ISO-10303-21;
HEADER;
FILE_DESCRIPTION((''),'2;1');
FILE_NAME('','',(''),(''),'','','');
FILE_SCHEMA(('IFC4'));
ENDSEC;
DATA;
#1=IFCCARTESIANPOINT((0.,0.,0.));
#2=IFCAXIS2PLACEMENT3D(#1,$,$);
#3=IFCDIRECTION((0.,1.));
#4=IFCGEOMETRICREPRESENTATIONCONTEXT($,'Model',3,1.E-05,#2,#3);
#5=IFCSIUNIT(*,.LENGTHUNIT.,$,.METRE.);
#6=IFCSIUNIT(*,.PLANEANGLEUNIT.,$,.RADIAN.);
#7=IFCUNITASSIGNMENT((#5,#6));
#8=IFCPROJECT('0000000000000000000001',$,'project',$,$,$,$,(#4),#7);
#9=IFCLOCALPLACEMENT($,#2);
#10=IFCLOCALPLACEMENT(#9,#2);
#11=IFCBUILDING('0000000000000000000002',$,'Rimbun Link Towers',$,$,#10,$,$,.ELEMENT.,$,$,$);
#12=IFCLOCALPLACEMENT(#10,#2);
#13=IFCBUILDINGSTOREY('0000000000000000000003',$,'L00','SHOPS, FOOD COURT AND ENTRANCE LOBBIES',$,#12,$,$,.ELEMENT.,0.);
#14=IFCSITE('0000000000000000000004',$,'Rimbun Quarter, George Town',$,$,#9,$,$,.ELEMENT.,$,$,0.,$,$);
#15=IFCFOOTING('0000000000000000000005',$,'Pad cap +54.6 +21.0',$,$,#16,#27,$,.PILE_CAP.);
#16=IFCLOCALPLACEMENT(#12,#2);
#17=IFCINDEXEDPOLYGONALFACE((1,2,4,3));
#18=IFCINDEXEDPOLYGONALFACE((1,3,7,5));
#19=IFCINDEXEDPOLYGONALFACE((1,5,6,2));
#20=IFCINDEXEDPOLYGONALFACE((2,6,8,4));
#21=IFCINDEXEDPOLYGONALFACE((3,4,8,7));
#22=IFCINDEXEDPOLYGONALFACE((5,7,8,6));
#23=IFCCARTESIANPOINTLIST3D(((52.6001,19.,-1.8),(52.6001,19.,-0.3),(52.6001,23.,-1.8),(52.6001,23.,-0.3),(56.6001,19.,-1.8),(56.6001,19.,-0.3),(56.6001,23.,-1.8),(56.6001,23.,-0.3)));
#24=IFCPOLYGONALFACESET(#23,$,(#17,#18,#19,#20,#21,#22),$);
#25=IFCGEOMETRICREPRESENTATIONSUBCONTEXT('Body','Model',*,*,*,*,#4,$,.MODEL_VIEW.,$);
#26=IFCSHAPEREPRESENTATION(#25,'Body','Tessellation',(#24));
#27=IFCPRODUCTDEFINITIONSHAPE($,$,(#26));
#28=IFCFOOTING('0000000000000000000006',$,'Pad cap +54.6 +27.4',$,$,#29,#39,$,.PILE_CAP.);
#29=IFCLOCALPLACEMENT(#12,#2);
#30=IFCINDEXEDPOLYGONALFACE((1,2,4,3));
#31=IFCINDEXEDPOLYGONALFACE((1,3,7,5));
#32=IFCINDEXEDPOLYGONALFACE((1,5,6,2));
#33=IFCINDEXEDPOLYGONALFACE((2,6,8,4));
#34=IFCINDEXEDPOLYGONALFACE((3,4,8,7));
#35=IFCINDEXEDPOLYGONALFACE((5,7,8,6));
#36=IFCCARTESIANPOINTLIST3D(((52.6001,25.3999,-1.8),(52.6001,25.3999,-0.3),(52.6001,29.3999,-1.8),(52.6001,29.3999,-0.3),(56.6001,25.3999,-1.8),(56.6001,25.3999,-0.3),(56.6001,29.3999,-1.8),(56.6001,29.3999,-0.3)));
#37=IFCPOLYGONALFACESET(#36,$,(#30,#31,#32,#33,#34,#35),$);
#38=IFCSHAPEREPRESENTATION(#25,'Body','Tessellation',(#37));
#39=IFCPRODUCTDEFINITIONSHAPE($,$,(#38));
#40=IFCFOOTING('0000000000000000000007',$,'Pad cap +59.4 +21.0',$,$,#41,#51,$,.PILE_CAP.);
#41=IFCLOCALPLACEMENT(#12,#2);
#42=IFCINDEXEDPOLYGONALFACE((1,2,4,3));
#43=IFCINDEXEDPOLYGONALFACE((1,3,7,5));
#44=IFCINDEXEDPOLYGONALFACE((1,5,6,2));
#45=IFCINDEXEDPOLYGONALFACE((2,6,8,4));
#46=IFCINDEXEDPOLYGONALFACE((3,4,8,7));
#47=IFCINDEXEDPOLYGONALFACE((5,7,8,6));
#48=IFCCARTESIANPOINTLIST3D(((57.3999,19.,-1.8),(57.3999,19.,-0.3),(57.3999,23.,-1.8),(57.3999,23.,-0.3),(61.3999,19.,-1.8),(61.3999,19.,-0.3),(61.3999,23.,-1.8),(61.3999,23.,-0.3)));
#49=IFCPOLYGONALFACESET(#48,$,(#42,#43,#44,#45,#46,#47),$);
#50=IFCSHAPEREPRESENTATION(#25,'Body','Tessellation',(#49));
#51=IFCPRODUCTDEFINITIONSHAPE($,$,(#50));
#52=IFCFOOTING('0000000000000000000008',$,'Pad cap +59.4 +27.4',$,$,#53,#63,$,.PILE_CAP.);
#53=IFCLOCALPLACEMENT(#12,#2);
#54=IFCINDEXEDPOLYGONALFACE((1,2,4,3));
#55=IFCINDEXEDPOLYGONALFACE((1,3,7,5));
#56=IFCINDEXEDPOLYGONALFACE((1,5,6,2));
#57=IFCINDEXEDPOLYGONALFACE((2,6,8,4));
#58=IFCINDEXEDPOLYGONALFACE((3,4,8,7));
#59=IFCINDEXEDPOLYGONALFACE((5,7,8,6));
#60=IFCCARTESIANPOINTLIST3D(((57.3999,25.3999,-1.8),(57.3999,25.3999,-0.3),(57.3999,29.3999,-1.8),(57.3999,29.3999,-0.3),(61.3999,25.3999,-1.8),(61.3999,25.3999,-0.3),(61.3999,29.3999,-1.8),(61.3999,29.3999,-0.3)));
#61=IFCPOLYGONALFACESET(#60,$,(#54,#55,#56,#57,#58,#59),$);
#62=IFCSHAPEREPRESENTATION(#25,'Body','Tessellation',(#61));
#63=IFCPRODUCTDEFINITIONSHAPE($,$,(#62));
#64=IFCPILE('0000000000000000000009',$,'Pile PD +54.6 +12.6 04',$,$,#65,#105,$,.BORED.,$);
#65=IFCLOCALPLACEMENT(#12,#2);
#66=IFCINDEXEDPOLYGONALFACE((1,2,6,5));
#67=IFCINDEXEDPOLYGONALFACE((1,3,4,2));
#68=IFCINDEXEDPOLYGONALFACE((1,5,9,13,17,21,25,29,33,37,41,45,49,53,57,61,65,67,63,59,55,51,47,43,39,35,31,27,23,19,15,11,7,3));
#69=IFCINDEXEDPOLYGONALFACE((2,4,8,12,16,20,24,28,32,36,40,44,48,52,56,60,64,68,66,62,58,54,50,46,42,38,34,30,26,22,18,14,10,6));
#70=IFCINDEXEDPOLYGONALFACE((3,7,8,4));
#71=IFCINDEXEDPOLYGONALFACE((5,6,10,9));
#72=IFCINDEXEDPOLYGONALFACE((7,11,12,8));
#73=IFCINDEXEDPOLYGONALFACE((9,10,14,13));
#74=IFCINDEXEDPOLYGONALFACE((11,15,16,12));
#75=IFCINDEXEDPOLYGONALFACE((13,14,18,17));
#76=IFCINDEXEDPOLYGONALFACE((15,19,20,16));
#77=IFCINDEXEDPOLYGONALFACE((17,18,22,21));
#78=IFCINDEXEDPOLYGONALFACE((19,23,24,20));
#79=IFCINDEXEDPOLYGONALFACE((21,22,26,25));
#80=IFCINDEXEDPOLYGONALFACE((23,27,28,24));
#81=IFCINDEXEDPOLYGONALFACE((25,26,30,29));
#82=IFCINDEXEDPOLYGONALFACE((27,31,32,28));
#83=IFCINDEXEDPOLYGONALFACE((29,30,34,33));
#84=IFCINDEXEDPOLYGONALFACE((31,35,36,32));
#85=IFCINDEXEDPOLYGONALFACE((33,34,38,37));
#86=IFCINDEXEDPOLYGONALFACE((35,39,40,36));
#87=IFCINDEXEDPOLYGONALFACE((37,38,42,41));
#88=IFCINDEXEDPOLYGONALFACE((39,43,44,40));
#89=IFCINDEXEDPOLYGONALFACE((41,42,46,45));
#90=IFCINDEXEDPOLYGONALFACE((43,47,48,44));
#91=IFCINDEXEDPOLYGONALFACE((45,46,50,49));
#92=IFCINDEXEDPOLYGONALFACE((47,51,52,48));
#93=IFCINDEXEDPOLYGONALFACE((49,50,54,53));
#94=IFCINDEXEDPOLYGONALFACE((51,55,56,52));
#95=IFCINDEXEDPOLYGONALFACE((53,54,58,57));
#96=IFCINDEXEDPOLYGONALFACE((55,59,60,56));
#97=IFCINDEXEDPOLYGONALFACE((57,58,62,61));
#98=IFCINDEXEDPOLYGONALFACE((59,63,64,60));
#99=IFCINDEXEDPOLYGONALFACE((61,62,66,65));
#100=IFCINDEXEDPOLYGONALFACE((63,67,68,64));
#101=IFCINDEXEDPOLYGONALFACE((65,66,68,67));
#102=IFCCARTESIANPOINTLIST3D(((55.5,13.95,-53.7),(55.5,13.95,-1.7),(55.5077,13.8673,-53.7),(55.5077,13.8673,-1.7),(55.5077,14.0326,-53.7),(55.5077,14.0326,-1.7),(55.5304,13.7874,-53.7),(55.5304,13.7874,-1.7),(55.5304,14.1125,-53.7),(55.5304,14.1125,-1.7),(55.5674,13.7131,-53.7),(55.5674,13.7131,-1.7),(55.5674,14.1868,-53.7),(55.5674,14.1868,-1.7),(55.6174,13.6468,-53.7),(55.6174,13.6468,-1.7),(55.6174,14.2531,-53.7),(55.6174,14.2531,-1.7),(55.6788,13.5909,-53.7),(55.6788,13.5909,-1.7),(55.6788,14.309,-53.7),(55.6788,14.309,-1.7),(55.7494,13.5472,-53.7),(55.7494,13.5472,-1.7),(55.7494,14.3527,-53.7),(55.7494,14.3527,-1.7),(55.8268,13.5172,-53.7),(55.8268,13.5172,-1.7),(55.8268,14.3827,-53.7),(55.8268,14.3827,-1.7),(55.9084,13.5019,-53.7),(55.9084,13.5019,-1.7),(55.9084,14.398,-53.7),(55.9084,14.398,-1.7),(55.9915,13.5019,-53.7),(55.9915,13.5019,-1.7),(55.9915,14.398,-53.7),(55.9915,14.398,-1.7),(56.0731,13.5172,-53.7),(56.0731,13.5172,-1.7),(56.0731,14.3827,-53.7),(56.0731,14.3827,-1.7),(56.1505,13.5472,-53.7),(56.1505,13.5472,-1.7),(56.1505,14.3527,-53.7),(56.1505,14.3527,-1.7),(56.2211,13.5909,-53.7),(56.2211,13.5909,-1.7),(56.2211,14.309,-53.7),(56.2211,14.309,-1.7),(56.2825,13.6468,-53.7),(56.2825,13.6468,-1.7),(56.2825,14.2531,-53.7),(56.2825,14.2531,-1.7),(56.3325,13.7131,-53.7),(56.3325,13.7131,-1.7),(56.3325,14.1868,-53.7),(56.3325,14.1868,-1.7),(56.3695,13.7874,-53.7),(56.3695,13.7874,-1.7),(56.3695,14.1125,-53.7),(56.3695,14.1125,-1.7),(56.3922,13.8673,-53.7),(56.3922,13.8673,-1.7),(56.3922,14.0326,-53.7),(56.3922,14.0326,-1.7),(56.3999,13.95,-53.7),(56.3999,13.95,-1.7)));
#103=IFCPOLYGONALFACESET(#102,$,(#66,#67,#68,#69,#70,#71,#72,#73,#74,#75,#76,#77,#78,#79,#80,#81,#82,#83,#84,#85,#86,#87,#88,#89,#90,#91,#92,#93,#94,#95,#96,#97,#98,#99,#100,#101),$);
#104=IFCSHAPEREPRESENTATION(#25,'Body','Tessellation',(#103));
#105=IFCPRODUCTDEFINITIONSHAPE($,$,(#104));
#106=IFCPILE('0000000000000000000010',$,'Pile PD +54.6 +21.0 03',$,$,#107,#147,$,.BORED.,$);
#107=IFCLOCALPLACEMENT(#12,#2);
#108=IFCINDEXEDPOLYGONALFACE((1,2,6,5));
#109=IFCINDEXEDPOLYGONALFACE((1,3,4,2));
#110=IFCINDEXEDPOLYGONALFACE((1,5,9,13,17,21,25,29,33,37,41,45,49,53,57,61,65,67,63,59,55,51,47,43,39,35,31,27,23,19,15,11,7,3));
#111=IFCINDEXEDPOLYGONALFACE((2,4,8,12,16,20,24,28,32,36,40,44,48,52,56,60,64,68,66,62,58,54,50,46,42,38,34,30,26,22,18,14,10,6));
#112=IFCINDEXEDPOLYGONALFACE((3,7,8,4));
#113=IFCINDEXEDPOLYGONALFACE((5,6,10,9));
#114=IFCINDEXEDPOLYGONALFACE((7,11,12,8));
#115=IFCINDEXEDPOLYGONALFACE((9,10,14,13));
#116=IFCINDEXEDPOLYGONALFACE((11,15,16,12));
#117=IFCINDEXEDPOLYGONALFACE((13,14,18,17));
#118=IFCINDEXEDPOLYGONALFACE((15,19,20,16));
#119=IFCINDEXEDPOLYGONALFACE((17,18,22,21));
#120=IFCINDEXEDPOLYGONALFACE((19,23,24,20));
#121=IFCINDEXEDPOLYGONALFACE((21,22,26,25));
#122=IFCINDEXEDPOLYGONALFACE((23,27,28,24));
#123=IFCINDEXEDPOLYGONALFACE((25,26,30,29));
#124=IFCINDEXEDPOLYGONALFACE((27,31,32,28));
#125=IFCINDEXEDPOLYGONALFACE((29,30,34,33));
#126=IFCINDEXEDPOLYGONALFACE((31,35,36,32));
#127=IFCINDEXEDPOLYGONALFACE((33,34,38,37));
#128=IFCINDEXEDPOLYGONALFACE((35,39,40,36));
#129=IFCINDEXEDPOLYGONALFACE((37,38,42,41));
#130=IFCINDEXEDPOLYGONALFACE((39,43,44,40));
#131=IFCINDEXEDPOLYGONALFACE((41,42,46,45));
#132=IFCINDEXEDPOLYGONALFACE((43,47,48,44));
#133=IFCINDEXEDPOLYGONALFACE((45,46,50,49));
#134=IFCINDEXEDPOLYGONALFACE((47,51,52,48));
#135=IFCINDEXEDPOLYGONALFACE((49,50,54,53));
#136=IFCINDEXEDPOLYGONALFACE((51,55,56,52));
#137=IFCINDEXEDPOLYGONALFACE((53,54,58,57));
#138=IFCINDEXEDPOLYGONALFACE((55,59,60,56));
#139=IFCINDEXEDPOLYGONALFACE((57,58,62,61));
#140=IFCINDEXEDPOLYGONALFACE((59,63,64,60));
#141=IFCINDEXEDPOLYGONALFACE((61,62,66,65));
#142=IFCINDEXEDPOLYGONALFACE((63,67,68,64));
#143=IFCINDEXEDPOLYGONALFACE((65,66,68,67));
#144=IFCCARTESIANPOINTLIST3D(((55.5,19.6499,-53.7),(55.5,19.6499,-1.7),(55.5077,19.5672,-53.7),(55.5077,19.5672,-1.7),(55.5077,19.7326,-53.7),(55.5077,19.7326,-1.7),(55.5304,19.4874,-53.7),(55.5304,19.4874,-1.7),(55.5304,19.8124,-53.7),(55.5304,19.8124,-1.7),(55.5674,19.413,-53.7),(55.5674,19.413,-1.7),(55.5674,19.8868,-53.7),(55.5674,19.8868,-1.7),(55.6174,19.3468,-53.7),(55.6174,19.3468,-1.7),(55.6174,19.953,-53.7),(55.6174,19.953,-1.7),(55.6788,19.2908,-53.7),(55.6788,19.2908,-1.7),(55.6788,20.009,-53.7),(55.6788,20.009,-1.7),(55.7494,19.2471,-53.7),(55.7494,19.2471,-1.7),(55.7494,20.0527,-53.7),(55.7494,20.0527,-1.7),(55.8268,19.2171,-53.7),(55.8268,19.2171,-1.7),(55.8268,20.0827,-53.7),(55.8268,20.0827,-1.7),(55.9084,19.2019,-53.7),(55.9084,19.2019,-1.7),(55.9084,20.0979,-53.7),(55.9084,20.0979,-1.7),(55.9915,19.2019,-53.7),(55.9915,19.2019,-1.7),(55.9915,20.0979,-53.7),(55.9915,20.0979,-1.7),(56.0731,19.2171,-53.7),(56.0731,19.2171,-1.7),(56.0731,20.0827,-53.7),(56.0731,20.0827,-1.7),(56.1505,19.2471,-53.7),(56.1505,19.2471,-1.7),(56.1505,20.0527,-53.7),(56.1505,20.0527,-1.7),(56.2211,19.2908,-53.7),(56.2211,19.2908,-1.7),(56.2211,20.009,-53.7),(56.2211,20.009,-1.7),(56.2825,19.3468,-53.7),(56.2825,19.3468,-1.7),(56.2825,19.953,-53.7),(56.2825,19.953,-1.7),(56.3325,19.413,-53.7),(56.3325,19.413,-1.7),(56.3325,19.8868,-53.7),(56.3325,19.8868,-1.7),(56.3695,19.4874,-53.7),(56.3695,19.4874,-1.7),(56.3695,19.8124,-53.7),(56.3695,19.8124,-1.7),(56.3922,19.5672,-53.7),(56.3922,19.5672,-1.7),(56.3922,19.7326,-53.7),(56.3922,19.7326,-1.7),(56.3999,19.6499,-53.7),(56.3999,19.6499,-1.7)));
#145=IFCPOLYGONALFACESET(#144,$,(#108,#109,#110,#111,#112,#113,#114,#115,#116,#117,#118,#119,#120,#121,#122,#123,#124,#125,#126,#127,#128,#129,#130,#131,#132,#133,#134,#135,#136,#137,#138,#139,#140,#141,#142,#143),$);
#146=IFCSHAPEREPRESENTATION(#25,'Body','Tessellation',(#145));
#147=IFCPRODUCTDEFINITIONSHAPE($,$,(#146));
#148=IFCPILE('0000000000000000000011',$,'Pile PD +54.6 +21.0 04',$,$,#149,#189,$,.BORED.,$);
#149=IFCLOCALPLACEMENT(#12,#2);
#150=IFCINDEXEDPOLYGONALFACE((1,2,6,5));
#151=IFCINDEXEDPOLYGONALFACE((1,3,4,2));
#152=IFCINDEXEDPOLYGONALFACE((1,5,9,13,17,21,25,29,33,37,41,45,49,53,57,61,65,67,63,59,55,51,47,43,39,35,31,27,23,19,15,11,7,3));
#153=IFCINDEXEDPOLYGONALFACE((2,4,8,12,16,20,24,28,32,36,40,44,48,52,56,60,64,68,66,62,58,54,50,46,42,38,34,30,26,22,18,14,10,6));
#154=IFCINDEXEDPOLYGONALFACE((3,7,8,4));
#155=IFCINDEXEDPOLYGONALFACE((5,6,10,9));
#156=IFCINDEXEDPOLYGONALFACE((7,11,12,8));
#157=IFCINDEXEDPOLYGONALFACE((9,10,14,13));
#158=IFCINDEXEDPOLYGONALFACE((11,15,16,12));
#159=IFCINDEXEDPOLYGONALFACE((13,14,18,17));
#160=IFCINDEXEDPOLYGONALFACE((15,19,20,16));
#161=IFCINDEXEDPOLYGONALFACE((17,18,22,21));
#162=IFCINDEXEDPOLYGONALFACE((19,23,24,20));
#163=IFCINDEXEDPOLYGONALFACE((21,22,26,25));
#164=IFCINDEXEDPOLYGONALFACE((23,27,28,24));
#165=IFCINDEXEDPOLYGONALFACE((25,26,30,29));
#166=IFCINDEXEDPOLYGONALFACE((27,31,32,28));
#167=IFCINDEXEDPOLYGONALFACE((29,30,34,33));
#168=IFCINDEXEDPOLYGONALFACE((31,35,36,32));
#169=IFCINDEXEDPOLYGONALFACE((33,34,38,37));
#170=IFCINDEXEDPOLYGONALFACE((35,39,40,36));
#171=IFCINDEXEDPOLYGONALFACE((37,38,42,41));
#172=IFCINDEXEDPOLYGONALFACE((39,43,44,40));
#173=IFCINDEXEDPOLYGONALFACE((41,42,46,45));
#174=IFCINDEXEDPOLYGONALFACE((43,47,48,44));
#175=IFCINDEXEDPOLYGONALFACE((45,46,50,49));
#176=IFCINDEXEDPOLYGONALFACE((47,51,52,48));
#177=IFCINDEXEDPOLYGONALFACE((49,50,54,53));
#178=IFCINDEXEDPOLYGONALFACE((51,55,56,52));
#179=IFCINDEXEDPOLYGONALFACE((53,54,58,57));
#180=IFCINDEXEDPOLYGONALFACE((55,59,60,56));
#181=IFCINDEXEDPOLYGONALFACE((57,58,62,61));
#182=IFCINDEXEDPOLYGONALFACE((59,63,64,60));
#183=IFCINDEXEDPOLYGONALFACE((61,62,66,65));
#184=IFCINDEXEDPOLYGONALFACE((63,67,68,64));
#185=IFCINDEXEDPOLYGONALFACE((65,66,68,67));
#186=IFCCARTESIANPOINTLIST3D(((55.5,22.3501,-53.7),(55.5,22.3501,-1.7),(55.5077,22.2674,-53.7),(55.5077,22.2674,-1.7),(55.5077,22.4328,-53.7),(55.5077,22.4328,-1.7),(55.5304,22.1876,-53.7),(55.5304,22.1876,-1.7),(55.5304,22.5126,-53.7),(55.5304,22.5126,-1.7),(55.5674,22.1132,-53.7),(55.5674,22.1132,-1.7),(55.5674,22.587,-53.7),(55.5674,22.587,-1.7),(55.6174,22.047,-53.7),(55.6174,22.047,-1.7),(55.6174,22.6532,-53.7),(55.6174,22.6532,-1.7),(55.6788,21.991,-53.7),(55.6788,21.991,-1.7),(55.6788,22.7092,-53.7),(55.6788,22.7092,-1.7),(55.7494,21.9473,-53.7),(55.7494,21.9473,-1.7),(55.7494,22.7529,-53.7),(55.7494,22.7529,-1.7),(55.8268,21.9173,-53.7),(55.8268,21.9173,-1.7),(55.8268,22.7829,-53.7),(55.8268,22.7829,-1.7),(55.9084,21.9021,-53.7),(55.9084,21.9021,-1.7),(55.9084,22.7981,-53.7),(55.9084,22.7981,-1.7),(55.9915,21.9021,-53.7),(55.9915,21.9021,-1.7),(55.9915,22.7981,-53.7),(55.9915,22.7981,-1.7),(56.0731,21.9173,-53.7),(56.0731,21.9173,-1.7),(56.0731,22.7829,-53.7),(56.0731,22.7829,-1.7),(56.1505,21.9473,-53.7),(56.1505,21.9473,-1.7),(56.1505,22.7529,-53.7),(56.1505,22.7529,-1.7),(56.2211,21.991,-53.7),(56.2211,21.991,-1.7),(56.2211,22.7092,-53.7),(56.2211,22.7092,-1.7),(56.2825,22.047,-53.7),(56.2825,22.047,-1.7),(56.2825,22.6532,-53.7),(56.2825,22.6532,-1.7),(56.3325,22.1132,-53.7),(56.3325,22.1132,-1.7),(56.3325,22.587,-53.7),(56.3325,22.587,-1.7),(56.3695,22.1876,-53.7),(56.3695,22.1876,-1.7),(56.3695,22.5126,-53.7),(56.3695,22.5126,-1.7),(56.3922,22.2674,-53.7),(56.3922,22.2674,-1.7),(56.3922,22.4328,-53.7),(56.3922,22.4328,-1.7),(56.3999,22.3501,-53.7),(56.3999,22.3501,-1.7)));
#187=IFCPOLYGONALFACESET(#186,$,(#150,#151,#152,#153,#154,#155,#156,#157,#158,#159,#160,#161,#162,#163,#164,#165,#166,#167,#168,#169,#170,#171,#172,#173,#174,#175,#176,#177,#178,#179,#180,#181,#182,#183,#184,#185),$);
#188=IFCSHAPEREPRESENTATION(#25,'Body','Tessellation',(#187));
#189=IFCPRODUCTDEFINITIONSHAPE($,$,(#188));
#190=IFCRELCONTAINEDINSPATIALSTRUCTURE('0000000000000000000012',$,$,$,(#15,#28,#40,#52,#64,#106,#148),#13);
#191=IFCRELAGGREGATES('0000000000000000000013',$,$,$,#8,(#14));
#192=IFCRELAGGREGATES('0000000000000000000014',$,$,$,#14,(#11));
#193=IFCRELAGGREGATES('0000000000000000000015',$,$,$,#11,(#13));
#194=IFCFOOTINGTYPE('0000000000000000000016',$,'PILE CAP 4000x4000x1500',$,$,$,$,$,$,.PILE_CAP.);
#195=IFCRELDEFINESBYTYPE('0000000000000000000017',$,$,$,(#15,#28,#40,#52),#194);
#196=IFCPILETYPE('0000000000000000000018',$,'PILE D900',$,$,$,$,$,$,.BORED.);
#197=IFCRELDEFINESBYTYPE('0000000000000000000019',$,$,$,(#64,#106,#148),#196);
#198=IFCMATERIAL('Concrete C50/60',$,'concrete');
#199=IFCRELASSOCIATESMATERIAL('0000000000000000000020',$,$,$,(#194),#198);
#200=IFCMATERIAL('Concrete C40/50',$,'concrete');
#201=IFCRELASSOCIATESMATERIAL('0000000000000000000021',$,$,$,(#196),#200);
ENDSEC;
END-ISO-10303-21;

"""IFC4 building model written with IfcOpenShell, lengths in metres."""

from ifc_helpers import new_model, si_unit, direction, frame, origin, origin_2d, place, context, subcontext, project, spatial, rectangle, circle, extrude, material, material_profile, profile_set, type_object, element, save


model = new_model("IFC4")

# Units and contexts
model_context = context("Model", 3, precision=1e-05, world=origin(), true_north=direction((0.0, 1.0)))
body_context = subcontext(model_context, "Body", "Model", "MODEL_VIEW")
ifc_project = project(units=[si_unit("LENGTHUNIT", "METRE"), si_unit("PLANEANGLEUNIT", "RADIAN")], contexts=[model_context])

# Site, building, storey
site_placement = place(None, origin())
site = spatial("IfcSite", under=ifc_project, at=site_placement, Name="Rimbun Quarter, George Town", CompositionType="ELEMENT", RefElevation=0.0)
building_placement = place(site_placement, origin())
building = spatial("IfcBuilding", under=site, at=building_placement, Name="Rimbun Link Towers", CompositionType="ELEMENT")
storey_placement = place(building_placement, origin())
storey = spatial("IfcBuildingStorey", under=building, at=storey_placement, Name="L00", Description="SHOPS, FOOD COURT AND ENTRANCE LOBBIES", CompositionType="ELEMENT", Elevation=0.0)

# Footings
ifc_material_1 = material(Name="Concrete C50/60", Category="concrete")
footing_type = type_object("IfcFootingType", Name="PILE CAP 4000x4000x1500", PredefinedType="PILE_CAP", material=ifc_material_1)
for number, where, z_axis, x_axis, name in (
    (1, (54.6001, 21.0, -1.8), (0.0, 0.0, 1.0), (1.0, 0.0, 0.0), "Pad cap +54.6 +21.0"),
    (2, (54.6001, 27.3999, -1.8), (0.0, 0.0, 1.0), (1.0, 0.0, 0.0), "Pad cap +54.6 +27.4"),
    (3, (59.3999, 21.0, -1.8), (0.0, 0.0, 1.0), (1.0, 0.0, 0.0), "Pad cap +59.4 +21.0"),
    (4, (59.3999, 27.3999, -1.8), (0.0, 0.0, 1.0), (1.0, 0.0, 0.0), "Pad cap +59.4 +27.4"),
):
    element("IfcFooting", number, at=place(storey_placement, frame(where, z_axis=z_axis, x_axis=x_axis)), inside=storey, type_object=footing_type, Name=name, PredefinedType="PILE_CAP", context=body_context, shape_type="SweptSolid", body=[
        extrude(rectangle(XDim=4.0, YDim=4.0, at=origin_2d()), origin(), (0.0, 0.0, 1.0), 1.5),
    ])

# Piles
ifc_material_2 = material(Name="Concrete C40/50", Category="concrete")
ifc_material_profile_1 = material_profile(ifc_material_2, circle(Radius=0.45, at=origin_2d()), Name="PILE D900")
ifc_profile_set_1 = profile_set([ifc_material_profile_1], Name="Concrete C40/50")
pile_type = type_object("IfcPileType", Name="PILE D900", PredefinedType="BORED", material=ifc_profile_set_1)
for number, where, z_axis, x_axis, name in (
    (5, (55.95, 13.95, -1.7), (0.0, 0.0, -1.0), (1.0, 0.0, 0.0), "Pile PD +54.6 +12.6 04"),
    (6, (55.95, 19.6499, -1.7), (0.0, 0.0, -1.0), (1.0, 0.0, 0.0), "Pile PD +54.6 +21.0 03"),
    (7, (55.95, 22.3501, -1.7), (0.0, 0.0, -1.0), (1.0, 0.0, 0.0), "Pile PD +54.6 +21.0 04"),
):
    element("IfcPile", number, at=place(storey_placement, frame(where, z_axis=z_axis, x_axis=x_axis)), inside=storey, type_object=pile_type, Name=name, PredefinedType="BORED", context=body_context, shape_type="SweptSolid", body=[
        extrude(circle(Radius=0.45, at=origin_2d()), origin(), (0.0, 0.0, 1.0), 52.0),
    ])

save(model, "model.ifc")
